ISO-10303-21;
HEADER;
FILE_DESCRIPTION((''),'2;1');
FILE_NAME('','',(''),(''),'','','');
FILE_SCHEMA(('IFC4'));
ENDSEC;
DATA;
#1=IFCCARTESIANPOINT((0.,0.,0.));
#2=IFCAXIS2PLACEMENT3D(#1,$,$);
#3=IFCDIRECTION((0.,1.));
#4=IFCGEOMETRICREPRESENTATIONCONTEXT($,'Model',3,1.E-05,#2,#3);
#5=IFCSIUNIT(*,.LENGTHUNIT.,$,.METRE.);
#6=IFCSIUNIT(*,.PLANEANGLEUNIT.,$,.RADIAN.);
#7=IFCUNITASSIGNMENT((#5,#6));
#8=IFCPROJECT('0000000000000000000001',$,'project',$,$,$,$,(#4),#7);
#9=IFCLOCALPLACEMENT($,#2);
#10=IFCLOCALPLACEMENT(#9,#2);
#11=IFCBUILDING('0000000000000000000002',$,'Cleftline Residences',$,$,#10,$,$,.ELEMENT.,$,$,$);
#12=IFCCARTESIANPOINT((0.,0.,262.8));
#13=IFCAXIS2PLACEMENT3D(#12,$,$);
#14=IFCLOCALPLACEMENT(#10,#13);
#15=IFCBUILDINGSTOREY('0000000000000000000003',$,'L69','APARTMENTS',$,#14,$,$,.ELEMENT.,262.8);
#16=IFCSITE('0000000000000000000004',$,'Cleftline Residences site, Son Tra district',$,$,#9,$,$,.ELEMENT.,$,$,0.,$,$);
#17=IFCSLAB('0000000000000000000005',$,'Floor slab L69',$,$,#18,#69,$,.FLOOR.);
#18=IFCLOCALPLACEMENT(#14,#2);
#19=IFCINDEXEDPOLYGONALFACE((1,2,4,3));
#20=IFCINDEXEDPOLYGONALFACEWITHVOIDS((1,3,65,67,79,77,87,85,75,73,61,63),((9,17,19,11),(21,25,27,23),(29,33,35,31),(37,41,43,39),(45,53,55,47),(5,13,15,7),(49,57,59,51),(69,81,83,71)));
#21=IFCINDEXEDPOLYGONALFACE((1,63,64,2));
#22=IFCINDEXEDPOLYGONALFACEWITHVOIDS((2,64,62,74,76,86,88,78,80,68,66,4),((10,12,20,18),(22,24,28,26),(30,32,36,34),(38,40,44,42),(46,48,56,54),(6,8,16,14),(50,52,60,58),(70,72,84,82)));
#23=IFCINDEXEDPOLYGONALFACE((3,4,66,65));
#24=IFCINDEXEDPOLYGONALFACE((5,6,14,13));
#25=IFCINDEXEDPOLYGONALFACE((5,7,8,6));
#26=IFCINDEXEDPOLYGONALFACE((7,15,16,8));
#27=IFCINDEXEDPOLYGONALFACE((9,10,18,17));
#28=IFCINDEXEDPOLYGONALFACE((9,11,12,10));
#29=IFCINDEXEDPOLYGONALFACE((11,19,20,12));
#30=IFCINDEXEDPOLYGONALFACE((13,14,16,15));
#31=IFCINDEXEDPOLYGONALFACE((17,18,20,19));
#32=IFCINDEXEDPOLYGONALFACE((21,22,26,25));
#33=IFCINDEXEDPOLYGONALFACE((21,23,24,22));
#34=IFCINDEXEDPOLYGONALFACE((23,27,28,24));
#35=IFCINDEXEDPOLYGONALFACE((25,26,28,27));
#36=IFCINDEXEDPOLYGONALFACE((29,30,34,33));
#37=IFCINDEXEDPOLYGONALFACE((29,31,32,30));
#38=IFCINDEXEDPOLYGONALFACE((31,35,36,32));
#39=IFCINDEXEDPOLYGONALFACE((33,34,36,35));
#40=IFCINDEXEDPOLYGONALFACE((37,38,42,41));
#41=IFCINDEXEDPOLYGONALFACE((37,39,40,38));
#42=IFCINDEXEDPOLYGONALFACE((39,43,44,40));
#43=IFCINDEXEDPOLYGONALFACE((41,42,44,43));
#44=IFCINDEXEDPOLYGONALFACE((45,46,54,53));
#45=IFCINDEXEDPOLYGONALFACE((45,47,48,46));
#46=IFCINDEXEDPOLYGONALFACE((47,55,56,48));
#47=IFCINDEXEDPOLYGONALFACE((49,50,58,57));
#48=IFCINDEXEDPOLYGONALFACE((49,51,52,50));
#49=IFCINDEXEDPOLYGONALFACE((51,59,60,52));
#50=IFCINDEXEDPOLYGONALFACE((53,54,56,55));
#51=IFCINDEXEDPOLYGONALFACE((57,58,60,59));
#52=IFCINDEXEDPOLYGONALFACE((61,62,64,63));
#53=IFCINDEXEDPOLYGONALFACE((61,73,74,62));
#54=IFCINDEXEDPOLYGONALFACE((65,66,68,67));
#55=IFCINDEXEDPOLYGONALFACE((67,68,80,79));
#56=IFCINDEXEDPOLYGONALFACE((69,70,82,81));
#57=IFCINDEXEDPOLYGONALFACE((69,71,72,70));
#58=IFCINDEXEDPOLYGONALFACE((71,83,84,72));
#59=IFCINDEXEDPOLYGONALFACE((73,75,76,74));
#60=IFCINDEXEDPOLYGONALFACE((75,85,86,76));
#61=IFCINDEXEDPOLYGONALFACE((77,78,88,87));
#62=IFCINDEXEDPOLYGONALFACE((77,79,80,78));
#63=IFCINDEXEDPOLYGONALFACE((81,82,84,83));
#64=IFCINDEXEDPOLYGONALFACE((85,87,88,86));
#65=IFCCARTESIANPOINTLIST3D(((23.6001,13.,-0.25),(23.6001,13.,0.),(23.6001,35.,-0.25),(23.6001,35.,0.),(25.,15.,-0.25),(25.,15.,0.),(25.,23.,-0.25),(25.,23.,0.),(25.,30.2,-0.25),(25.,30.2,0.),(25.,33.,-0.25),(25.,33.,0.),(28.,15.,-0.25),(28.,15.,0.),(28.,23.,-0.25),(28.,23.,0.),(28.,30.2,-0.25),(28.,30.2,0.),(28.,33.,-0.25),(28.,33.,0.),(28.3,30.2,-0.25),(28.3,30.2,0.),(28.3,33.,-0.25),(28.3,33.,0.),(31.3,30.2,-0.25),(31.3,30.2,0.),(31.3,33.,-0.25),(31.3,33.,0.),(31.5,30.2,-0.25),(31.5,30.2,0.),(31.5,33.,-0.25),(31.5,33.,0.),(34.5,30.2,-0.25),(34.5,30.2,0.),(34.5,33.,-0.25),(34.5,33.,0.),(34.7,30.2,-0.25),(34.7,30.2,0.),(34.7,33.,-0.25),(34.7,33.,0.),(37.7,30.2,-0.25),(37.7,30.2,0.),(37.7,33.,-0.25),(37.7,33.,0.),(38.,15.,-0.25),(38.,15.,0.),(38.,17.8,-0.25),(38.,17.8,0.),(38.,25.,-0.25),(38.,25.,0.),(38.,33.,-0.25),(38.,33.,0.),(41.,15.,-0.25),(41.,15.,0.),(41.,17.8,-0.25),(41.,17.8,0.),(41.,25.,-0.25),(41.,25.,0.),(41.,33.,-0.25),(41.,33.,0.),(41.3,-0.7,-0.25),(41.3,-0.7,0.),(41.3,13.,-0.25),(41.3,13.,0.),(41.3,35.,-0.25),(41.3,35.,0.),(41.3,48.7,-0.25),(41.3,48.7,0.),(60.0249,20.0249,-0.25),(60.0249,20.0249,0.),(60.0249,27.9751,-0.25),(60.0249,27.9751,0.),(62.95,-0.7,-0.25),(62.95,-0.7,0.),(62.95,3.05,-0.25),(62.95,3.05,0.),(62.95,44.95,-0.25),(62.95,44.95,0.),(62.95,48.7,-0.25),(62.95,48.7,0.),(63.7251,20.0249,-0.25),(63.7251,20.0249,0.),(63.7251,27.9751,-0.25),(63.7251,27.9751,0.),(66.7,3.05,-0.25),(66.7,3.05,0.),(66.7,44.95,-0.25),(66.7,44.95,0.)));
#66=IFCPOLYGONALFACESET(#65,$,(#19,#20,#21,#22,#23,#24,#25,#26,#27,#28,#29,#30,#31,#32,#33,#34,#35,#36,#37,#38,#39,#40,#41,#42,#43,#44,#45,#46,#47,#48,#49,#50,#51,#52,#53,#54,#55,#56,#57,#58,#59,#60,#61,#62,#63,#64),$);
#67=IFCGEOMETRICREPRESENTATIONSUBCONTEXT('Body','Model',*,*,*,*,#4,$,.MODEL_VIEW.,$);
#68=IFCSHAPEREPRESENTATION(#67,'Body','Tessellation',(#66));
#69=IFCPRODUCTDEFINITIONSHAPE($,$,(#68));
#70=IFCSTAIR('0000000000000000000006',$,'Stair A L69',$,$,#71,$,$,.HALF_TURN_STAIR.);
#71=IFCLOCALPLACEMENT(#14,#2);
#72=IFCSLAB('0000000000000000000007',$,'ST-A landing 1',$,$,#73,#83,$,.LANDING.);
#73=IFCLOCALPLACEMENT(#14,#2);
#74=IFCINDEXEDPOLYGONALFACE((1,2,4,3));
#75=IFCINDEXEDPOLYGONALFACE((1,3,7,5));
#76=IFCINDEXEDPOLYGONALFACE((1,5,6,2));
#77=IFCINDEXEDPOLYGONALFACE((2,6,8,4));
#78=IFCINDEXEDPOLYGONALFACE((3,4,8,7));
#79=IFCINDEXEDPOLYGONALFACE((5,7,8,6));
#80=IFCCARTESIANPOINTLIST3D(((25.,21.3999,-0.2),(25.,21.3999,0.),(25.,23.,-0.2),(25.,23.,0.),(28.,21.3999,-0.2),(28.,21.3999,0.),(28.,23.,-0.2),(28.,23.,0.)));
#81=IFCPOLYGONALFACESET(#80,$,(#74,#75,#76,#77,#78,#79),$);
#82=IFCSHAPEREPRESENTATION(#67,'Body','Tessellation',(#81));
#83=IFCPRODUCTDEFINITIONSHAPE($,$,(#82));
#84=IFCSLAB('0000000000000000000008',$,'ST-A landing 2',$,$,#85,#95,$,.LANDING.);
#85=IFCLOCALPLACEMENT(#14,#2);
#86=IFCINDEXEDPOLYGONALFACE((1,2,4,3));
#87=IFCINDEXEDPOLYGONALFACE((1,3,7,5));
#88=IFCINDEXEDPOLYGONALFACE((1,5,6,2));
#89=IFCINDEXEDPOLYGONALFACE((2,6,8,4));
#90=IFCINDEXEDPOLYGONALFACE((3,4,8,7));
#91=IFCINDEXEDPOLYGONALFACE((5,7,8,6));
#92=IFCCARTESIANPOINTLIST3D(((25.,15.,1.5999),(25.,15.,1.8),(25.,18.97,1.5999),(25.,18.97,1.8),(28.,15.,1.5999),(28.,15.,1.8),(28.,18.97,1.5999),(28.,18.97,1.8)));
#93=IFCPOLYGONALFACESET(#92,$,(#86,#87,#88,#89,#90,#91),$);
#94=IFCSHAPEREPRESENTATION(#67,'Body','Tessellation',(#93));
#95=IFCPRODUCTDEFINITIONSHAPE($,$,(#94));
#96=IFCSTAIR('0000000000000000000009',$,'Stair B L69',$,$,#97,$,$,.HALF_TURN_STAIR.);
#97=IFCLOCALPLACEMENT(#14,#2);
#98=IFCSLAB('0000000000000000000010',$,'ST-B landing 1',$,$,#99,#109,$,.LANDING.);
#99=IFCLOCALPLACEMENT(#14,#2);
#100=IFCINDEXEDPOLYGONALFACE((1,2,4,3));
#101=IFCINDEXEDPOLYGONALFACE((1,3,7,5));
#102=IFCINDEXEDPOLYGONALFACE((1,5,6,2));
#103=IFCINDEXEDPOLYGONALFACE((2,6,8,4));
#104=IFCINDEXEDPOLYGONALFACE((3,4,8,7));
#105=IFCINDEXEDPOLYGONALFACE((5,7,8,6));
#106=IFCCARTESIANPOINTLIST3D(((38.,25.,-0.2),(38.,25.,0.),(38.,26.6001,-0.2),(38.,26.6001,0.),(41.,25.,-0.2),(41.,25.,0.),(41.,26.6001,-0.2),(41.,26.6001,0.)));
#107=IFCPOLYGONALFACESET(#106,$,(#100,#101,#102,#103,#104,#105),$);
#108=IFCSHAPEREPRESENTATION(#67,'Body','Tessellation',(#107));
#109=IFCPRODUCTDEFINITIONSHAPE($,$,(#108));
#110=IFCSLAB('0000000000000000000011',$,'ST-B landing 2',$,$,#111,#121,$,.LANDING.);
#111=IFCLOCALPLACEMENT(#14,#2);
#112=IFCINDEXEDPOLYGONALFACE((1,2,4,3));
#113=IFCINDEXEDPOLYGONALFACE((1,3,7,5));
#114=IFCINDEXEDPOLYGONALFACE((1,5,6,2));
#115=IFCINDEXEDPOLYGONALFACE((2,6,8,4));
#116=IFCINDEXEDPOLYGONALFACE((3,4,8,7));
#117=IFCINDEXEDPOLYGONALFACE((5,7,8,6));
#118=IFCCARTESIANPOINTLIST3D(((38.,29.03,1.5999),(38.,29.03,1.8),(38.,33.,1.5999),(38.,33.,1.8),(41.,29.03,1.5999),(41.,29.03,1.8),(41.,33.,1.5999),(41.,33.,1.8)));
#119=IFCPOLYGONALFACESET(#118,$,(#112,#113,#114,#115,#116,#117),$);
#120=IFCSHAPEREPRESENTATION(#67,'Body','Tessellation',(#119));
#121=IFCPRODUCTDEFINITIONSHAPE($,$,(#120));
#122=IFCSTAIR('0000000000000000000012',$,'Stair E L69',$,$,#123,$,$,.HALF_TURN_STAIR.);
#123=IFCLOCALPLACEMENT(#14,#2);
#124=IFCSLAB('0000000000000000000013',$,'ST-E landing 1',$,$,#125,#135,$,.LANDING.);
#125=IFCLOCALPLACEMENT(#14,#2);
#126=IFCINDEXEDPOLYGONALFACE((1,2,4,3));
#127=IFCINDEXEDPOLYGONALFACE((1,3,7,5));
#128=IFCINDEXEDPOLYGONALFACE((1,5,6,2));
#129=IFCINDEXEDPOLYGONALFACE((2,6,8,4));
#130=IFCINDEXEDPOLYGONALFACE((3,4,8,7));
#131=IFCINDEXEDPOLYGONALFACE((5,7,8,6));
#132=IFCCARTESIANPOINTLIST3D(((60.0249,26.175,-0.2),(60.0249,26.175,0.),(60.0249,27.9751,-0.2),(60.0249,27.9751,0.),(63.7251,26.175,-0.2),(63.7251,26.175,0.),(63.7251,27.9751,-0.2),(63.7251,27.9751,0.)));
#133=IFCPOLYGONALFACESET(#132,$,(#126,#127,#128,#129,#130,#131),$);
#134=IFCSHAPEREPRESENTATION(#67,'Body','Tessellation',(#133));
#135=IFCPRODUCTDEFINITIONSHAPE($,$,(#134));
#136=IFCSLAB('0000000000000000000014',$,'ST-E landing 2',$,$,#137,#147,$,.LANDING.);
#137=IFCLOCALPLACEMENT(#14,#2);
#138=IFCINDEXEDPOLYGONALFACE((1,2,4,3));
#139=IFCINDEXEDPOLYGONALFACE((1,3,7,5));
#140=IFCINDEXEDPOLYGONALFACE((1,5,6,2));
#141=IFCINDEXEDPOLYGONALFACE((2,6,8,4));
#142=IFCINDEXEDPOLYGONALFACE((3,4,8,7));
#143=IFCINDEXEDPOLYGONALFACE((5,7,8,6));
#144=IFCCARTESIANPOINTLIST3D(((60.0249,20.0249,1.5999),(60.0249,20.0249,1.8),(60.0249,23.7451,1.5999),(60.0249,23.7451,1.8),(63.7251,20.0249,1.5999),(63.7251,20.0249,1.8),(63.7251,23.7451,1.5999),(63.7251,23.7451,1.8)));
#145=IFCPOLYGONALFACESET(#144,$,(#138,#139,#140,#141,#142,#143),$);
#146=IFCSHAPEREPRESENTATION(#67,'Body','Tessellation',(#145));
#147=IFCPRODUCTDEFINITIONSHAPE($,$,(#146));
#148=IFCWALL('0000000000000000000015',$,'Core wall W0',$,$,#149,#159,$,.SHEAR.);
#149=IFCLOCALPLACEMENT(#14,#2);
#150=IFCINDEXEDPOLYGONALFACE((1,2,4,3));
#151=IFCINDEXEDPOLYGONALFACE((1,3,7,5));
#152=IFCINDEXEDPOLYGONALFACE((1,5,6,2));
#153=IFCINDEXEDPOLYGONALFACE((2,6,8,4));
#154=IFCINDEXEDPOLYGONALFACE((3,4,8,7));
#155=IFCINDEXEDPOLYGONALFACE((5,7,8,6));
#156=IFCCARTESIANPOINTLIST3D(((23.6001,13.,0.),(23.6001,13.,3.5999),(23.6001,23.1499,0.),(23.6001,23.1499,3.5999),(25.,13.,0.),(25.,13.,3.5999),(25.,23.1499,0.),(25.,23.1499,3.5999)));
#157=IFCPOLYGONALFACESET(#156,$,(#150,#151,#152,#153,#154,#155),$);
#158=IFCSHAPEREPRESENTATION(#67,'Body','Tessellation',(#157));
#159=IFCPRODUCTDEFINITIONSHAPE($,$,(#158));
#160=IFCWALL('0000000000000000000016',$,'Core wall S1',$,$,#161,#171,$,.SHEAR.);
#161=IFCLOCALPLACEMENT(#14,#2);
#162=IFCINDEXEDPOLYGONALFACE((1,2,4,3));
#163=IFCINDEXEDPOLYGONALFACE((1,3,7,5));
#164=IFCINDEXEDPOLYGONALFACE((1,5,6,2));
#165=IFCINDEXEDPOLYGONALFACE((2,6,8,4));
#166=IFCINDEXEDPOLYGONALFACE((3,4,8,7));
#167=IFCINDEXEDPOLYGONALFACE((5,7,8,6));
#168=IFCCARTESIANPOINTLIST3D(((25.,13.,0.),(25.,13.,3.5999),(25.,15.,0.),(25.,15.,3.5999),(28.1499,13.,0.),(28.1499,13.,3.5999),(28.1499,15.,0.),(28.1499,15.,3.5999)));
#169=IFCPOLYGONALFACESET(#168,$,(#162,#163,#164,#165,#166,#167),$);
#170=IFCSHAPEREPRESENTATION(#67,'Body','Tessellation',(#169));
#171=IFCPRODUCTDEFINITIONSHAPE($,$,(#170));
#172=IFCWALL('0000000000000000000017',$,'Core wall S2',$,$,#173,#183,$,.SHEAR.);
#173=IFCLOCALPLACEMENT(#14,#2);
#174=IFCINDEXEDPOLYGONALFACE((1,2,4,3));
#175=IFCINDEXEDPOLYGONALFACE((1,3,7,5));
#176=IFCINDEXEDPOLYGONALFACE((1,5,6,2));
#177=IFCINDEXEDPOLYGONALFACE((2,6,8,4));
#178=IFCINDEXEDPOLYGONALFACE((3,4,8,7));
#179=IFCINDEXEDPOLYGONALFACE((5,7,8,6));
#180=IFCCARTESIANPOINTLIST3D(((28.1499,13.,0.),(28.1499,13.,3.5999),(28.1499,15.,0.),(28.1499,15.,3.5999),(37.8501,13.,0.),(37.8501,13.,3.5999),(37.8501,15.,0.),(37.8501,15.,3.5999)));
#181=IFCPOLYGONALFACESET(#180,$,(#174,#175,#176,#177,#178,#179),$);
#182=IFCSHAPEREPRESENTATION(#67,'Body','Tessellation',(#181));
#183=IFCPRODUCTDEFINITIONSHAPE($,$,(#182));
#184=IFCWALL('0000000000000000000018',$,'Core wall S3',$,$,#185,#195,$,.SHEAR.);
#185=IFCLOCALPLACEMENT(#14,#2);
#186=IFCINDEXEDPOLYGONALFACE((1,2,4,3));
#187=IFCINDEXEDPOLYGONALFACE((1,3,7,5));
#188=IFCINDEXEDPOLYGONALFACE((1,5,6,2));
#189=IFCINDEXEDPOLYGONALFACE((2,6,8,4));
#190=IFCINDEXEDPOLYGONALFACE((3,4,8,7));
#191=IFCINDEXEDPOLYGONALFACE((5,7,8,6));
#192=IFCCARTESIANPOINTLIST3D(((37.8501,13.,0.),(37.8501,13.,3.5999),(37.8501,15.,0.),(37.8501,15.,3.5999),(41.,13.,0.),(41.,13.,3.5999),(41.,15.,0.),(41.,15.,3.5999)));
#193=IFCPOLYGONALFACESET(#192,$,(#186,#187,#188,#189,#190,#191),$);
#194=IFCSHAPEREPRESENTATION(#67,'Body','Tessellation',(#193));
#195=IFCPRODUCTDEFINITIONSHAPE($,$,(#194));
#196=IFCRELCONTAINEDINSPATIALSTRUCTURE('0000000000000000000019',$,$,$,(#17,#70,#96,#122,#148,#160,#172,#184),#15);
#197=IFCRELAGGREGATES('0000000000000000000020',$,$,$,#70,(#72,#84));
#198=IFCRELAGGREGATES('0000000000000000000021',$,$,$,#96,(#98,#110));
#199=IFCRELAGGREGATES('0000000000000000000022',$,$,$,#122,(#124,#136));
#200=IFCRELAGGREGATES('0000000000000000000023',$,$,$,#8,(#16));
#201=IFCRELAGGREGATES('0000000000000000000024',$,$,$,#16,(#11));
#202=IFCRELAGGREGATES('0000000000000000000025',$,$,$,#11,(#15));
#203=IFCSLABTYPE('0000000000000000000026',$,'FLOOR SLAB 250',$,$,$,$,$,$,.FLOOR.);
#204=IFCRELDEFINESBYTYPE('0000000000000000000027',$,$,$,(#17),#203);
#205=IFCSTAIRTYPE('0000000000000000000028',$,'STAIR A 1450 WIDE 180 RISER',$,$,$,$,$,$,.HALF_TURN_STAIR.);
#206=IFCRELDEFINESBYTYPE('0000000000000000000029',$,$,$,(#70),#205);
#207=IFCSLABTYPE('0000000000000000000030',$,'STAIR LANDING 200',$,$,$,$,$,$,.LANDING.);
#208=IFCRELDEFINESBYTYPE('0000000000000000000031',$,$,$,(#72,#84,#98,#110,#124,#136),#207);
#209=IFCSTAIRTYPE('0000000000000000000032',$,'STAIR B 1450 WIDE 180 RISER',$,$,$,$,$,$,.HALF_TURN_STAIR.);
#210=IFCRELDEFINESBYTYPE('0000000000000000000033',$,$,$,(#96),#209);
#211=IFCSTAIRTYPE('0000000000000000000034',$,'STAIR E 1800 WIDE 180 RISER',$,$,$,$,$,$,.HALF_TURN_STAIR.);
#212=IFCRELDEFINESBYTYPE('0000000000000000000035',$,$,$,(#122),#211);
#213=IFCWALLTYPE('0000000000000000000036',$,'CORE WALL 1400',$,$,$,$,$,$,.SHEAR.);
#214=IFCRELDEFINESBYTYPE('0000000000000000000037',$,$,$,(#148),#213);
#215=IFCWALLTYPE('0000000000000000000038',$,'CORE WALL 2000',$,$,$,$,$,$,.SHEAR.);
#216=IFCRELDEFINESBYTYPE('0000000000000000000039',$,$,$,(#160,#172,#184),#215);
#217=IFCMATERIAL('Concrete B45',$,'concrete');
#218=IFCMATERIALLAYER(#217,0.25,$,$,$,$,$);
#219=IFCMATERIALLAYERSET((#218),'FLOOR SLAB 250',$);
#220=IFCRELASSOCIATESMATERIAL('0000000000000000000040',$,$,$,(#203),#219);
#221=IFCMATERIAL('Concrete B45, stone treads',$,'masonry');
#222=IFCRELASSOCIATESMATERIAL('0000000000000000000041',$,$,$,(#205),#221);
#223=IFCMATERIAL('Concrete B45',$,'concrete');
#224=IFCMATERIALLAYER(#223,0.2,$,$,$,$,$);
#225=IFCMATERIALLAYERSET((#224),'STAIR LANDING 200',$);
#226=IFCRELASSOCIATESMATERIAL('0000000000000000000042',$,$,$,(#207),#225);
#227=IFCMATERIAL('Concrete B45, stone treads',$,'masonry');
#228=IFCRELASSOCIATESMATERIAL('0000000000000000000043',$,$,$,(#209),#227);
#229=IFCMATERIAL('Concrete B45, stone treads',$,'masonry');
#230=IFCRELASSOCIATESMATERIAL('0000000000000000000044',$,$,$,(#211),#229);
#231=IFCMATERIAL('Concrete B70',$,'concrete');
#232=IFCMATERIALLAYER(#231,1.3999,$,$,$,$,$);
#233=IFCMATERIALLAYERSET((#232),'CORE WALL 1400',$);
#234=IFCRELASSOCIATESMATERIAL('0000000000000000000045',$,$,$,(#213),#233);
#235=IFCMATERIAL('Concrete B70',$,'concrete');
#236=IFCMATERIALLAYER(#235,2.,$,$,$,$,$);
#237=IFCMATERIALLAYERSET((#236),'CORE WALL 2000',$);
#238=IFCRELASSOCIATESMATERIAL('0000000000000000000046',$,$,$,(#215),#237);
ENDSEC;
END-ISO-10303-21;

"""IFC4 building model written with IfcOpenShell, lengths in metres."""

from ifc_helpers import new_model, si_unit, direction, frame, frame_2d, origin, place, context, subcontext, project, spatial, polyline, rectangle, outline, extrude, material, layer, layer_set, type_object, element, aggregate, save


model = new_model("IFC4")

# Units and contexts
model_context = context("Model", 3, precision=1e-05, world=origin(), true_north=direction((0.0, 1.0)))
body_context = subcontext(model_context, "Body", "Model", "MODEL_VIEW")
ifc_project = project(units=[si_unit("LENGTHUNIT", "METRE"), si_unit("PLANEANGLEUNIT", "RADIAN")], contexts=[model_context])

# Site, building, storey
site_placement = place(None, origin())
site = spatial("IfcSite", under=ifc_project, at=site_placement, Name="Cleftline Residences site, Son Tra district", CompositionType="ELEMENT", RefElevation=0.0)
building_placement = place(site_placement, origin())
building = spatial("IfcBuilding", under=site, at=building_placement, Name="Cleftline Residences", CompositionType="ELEMENT")
storey_placement = place(building_placement, frame((0.0, 0.0, 262.8)))
storey = spatial("IfcBuildingStorey", under=building, at=storey_placement, Name="L69", Description="APARTMENTS", CompositionType="ELEMENT", Elevation=262.8)

# Slab
ifc_material_1 = material(Name="Concrete B45", Category="concrete")
ifc_layer_1 = layer(ifc_material_1, 0.25)
ifc_layer_set_1 = layer_set([ifc_layer_1], Name="FLOOR SLAB 250")
slab_type_1 = type_object("IfcSlabType", Name="FLOOR SLAB 250", PredefinedType="FLOOR", material=ifc_layer_set_1)
slab_1_placement = place(storey_placement, frame((0.0, 0.0, -0.25)))
element("IfcSlab", 1, at=slab_1_placement, inside=storey, type_object=slab_type_1, Name="Floor slab L69", PredefinedType="FLOOR", context=body_context, shape_type="SweptSolid", body=[
    extrude(outline(polyline([(41.3, 13.0), (41.3, -0.7), (62.95, -0.7), (62.95, 3.05), (66.7, 3.05), (66.7, 44.95), (62.95, 44.95), (62.95, 48.7), (41.3, 48.7), (41.3, 35.0), (23.6001, 35.0), (23.6001, 13.0), (41.3, 13.0)]), holes=[polyline([(28.0, 15.0), (28.0, 23.0), (25.0, 23.0), (25.0, 15.0), (28.0, 15.0)]), polyline([(41.0, 25.0), (41.0, 33.0), (38.0, 33.0), (38.0, 25.0), (41.0, 25.0)]), polyline([(28.0, 30.2), (28.0, 33.0), (25.0, 33.0), (25.0, 30.2), (28.0, 30.2)]), polyline([(41.0, 15.0), (41.0, 17.8), (38.0, 17.8), (38.0, 15.0), (41.0, 15.0)]), polyline([(31.3, 30.2), (31.3, 33.0), (28.3, 33.0), (28.3, 30.2), (31.3, 30.2)]), polyline([(34.5, 30.2), (34.5, 33.0), (31.5, 33.0), (31.5, 30.2), (34.5, 30.2)]), polyline([(37.7, 30.2), (37.7, 33.0), (34.7, 33.0), (34.7, 30.2), (37.7, 30.2)]), polyline([(63.7251, 20.0249), (63.7251, 27.9751), (60.0249, 27.9751), (60.0249, 20.0249), (63.7251, 20.0249)])]), origin(), (0.0, 0.0, 1.0), 0.25),
])

# Stairs, slabs
ifc_material_2 = material(Name="Concrete B45, stone treads", Category="masonry")
stair_type_1 = type_object("IfcStairType", Name="STAIR A 1450 WIDE 180 RISER", PredefinedType="HALF_TURN_STAIR", material=ifc_material_2)
stair_1_placement = place(storey_placement, origin())
stair_1 = element("IfcStair", 2, at=stair_1_placement, inside=storey, type_object=stair_type_1, Name="Stair A L69", PredefinedType="HALF_TURN_STAIR")
ifc_material_3 = material(Name="Concrete B45", Category="concrete")
ifc_layer_2 = layer(ifc_material_3, 0.2)
ifc_layer_set_2 = layer_set([ifc_layer_2], Name="STAIR LANDING 200")
slab_type_2 = type_object("IfcSlabType", Name="STAIR LANDING 200", PredefinedType="LANDING", material=ifc_layer_set_2)
slab_2_placement = place(storey_placement, frame((0.0, 0.0, -0.2)))
slab_2 = element("IfcSlab", 3, at=slab_2_placement, type_object=slab_type_2, Name="ST-A landing 1", PredefinedType="LANDING", context=body_context, shape_type="SweptSolid", body=[
    extrude(outline(polyline([(25.0, 21.3999), (28.0, 21.3999), (28.0, 23.0), (25.0, 23.0), (25.0, 21.3999)])), origin(), (0.0, 0.0, 1.0), 0.2),
])
slab_3_placement = place(storey_placement, frame((0.0, 0.0, 1.5999)))
slab_3 = element("IfcSlab", 4, at=slab_3_placement, type_object=slab_type_2, Name="ST-A landing 2", PredefinedType="LANDING", context=body_context, shape_type="SweptSolid", body=[
    extrude(outline(polyline([(25.0, 15.0), (28.0, 15.0), (28.0, 18.97), (25.0, 18.97), (25.0, 15.0)])), origin(), (0.0, 0.0, 1.0), 0.2002),
])
aggregate(stair_1, [slab_2, slab_3])
ifc_material_4 = material(Name="Concrete B45, stone treads", Category="masonry")
stair_type_2 = type_object("IfcStairType", Name="STAIR B 1450 WIDE 180 RISER", PredefinedType="HALF_TURN_STAIR", material=ifc_material_4)
stair_2_placement = place(storey_placement, origin())
stair_2 = element("IfcStair", 5, at=stair_2_placement, inside=storey, type_object=stair_type_2, Name="Stair B L69", PredefinedType="HALF_TURN_STAIR")
slab_4_placement = place(storey_placement, frame((0.0, 0.0, -0.2)))
slab_4 = element("IfcSlab", 6, at=slab_4_placement, type_object=slab_type_2, Name="ST-B landing 1", PredefinedType="LANDING", context=body_context, shape_type="SweptSolid", body=[
    extrude(outline(polyline([(38.0, 25.0), (41.0, 25.0), (41.0, 26.6001), (38.0, 26.6001), (38.0, 25.0)])), origin(), (0.0, 0.0, 1.0), 0.2),
])
slab_5_placement = place(storey_placement, frame((0.0, 0.0, 1.5999)))
slab_5 = element("IfcSlab", 7, at=slab_5_placement, type_object=slab_type_2, Name="ST-B landing 2", PredefinedType="LANDING", context=body_context, shape_type="SweptSolid", body=[
    extrude(outline(polyline([(38.0, 29.03), (41.0, 29.03), (41.0, 33.0), (38.0, 33.0), (38.0, 29.03)])), origin(), (0.0, 0.0, 1.0), 0.2002),
])
aggregate(stair_2, [slab_4, slab_5])
ifc_material_5 = material(Name="Concrete B45, stone treads", Category="masonry")
stair_type_3 = type_object("IfcStairType", Name="STAIR E 1800 WIDE 180 RISER", PredefinedType="HALF_TURN_STAIR", material=ifc_material_5)
stair_3_placement = place(storey_placement, origin())
stair_3 = element("IfcStair", 8, at=stair_3_placement, inside=storey, type_object=stair_type_3, Name="Stair E L69", PredefinedType="HALF_TURN_STAIR")
slab_6_placement = place(storey_placement, frame((0.0, 0.0, -0.2)))
slab_6 = element("IfcSlab", 9, at=slab_6_placement, type_object=slab_type_2, Name="ST-E landing 1", PredefinedType="LANDING", context=body_context, shape_type="SweptSolid", body=[
    extrude(outline(polyline([(60.0249, 26.175), (63.7251, 26.175), (63.7251, 27.9751), (60.0249, 27.9751), (60.0249, 26.175)])), origin(), (0.0, 0.0, 1.0), 0.2),
])
slab_7_placement = place(storey_placement, frame((0.0, 0.0, 1.5999)))
slab_7 = element("IfcSlab", 10, at=slab_7_placement, type_object=slab_type_2, Name="ST-E landing 2", PredefinedType="LANDING", context=body_context, shape_type="SweptSolid", body=[
    extrude(outline(polyline([(60.0249, 20.0249), (63.7251, 20.0249), (63.7251, 23.7451), (60.0249, 23.7451), (60.0249, 20.0249)])), origin(), (0.0, 0.0, 1.0), 0.2002),
])
aggregate(stair_3, [slab_6, slab_7])

# Walls
ifc_material_6 = material(Name="Concrete B70", Category="concrete")
ifc_layer_3 = layer(ifc_material_6, 1.3999)
ifc_layer_set_3 = layer_set([ifc_layer_3], Name="CORE WALL 1400")
wall_type_1 = type_object("IfcWallType", Name="CORE WALL 1400", PredefinedType="SHEAR", material=ifc_layer_set_3)
wall_1_placement = place(storey_placement, frame((24.3, 13.0, 0.0), z_axis=(0.0, 0.0, 1.0), x_axis=(0.0, 1.0, 0.0)))
element("IfcWall", 11, at=wall_1_placement, inside=storey, type_object=wall_type_1, Name="Core wall W0", PredefinedType="SHEAR", context=body_context, shape_type="SweptSolid", body=[
    extrude(rectangle(XDim=10.1499, YDim=1.3999, at=frame_2d((5.075, 0.0))), origin(), (0.0, 0.0, 1.0), 3.5999),
])
ifc_material_7 = material(Name="Concrete B70", Category="concrete")
ifc_layer_4 = layer(ifc_material_7, 2.0)
ifc_layer_set_4 = layer_set([ifc_layer_4], Name="CORE WALL 2000")
wall_type_2 = type_object("IfcWallType", Name="CORE WALL 2000", PredefinedType="SHEAR", material=ifc_layer_set_4)
wall_2_placement = place(storey_placement, frame((25.0, 14.0, 0.0), z_axis=(0.0, 0.0, 1.0), x_axis=(1.0, 0.0, 0.0)))
element("IfcWall", 12, at=wall_2_placement, inside=storey, type_object=wall_type_2, Name="Core wall S1", PredefinedType="SHEAR", context=body_context, shape_type="SweptSolid", body=[
    extrude(rectangle(XDim=3.1499, YDim=2.0, at=frame_2d((1.575, 0.0))), origin(), (0.0, 0.0, 1.0), 3.5999),
])
wall_3_placement = place(storey_placement, frame((28.1499, 14.0, 0.0), z_axis=(0.0, 0.0, 1.0), x_axis=(1.0, 0.0, 0.0)))
element("IfcWall", 13, at=wall_3_placement, inside=storey, type_object=wall_type_2, Name="Core wall S2", PredefinedType="SHEAR", context=body_context, shape_type="SweptSolid", body=[
    extrude(rectangle(XDim=9.7002, YDim=2.0, at=frame_2d((4.8501, 0.0))), origin(), (0.0, 0.0, 1.0), 3.5999),
])
wall_4_placement = place(storey_placement, frame((37.8501, 14.0, 0.0), z_axis=(0.0, 0.0, 1.0), x_axis=(1.0, 0.0, 0.0)))
element("IfcWall", 14, at=wall_4_placement, inside=storey, type_object=wall_type_2, Name="Core wall S3", PredefinedType="SHEAR", context=body_context, shape_type="SweptSolid", body=[
    extrude(rectangle(XDim=3.1499, YDim=2.0, at=frame_2d((1.575, 0.0))), origin(), (0.0, 0.0, 1.0), 3.5999),
])

save(model, "model.ifc")
